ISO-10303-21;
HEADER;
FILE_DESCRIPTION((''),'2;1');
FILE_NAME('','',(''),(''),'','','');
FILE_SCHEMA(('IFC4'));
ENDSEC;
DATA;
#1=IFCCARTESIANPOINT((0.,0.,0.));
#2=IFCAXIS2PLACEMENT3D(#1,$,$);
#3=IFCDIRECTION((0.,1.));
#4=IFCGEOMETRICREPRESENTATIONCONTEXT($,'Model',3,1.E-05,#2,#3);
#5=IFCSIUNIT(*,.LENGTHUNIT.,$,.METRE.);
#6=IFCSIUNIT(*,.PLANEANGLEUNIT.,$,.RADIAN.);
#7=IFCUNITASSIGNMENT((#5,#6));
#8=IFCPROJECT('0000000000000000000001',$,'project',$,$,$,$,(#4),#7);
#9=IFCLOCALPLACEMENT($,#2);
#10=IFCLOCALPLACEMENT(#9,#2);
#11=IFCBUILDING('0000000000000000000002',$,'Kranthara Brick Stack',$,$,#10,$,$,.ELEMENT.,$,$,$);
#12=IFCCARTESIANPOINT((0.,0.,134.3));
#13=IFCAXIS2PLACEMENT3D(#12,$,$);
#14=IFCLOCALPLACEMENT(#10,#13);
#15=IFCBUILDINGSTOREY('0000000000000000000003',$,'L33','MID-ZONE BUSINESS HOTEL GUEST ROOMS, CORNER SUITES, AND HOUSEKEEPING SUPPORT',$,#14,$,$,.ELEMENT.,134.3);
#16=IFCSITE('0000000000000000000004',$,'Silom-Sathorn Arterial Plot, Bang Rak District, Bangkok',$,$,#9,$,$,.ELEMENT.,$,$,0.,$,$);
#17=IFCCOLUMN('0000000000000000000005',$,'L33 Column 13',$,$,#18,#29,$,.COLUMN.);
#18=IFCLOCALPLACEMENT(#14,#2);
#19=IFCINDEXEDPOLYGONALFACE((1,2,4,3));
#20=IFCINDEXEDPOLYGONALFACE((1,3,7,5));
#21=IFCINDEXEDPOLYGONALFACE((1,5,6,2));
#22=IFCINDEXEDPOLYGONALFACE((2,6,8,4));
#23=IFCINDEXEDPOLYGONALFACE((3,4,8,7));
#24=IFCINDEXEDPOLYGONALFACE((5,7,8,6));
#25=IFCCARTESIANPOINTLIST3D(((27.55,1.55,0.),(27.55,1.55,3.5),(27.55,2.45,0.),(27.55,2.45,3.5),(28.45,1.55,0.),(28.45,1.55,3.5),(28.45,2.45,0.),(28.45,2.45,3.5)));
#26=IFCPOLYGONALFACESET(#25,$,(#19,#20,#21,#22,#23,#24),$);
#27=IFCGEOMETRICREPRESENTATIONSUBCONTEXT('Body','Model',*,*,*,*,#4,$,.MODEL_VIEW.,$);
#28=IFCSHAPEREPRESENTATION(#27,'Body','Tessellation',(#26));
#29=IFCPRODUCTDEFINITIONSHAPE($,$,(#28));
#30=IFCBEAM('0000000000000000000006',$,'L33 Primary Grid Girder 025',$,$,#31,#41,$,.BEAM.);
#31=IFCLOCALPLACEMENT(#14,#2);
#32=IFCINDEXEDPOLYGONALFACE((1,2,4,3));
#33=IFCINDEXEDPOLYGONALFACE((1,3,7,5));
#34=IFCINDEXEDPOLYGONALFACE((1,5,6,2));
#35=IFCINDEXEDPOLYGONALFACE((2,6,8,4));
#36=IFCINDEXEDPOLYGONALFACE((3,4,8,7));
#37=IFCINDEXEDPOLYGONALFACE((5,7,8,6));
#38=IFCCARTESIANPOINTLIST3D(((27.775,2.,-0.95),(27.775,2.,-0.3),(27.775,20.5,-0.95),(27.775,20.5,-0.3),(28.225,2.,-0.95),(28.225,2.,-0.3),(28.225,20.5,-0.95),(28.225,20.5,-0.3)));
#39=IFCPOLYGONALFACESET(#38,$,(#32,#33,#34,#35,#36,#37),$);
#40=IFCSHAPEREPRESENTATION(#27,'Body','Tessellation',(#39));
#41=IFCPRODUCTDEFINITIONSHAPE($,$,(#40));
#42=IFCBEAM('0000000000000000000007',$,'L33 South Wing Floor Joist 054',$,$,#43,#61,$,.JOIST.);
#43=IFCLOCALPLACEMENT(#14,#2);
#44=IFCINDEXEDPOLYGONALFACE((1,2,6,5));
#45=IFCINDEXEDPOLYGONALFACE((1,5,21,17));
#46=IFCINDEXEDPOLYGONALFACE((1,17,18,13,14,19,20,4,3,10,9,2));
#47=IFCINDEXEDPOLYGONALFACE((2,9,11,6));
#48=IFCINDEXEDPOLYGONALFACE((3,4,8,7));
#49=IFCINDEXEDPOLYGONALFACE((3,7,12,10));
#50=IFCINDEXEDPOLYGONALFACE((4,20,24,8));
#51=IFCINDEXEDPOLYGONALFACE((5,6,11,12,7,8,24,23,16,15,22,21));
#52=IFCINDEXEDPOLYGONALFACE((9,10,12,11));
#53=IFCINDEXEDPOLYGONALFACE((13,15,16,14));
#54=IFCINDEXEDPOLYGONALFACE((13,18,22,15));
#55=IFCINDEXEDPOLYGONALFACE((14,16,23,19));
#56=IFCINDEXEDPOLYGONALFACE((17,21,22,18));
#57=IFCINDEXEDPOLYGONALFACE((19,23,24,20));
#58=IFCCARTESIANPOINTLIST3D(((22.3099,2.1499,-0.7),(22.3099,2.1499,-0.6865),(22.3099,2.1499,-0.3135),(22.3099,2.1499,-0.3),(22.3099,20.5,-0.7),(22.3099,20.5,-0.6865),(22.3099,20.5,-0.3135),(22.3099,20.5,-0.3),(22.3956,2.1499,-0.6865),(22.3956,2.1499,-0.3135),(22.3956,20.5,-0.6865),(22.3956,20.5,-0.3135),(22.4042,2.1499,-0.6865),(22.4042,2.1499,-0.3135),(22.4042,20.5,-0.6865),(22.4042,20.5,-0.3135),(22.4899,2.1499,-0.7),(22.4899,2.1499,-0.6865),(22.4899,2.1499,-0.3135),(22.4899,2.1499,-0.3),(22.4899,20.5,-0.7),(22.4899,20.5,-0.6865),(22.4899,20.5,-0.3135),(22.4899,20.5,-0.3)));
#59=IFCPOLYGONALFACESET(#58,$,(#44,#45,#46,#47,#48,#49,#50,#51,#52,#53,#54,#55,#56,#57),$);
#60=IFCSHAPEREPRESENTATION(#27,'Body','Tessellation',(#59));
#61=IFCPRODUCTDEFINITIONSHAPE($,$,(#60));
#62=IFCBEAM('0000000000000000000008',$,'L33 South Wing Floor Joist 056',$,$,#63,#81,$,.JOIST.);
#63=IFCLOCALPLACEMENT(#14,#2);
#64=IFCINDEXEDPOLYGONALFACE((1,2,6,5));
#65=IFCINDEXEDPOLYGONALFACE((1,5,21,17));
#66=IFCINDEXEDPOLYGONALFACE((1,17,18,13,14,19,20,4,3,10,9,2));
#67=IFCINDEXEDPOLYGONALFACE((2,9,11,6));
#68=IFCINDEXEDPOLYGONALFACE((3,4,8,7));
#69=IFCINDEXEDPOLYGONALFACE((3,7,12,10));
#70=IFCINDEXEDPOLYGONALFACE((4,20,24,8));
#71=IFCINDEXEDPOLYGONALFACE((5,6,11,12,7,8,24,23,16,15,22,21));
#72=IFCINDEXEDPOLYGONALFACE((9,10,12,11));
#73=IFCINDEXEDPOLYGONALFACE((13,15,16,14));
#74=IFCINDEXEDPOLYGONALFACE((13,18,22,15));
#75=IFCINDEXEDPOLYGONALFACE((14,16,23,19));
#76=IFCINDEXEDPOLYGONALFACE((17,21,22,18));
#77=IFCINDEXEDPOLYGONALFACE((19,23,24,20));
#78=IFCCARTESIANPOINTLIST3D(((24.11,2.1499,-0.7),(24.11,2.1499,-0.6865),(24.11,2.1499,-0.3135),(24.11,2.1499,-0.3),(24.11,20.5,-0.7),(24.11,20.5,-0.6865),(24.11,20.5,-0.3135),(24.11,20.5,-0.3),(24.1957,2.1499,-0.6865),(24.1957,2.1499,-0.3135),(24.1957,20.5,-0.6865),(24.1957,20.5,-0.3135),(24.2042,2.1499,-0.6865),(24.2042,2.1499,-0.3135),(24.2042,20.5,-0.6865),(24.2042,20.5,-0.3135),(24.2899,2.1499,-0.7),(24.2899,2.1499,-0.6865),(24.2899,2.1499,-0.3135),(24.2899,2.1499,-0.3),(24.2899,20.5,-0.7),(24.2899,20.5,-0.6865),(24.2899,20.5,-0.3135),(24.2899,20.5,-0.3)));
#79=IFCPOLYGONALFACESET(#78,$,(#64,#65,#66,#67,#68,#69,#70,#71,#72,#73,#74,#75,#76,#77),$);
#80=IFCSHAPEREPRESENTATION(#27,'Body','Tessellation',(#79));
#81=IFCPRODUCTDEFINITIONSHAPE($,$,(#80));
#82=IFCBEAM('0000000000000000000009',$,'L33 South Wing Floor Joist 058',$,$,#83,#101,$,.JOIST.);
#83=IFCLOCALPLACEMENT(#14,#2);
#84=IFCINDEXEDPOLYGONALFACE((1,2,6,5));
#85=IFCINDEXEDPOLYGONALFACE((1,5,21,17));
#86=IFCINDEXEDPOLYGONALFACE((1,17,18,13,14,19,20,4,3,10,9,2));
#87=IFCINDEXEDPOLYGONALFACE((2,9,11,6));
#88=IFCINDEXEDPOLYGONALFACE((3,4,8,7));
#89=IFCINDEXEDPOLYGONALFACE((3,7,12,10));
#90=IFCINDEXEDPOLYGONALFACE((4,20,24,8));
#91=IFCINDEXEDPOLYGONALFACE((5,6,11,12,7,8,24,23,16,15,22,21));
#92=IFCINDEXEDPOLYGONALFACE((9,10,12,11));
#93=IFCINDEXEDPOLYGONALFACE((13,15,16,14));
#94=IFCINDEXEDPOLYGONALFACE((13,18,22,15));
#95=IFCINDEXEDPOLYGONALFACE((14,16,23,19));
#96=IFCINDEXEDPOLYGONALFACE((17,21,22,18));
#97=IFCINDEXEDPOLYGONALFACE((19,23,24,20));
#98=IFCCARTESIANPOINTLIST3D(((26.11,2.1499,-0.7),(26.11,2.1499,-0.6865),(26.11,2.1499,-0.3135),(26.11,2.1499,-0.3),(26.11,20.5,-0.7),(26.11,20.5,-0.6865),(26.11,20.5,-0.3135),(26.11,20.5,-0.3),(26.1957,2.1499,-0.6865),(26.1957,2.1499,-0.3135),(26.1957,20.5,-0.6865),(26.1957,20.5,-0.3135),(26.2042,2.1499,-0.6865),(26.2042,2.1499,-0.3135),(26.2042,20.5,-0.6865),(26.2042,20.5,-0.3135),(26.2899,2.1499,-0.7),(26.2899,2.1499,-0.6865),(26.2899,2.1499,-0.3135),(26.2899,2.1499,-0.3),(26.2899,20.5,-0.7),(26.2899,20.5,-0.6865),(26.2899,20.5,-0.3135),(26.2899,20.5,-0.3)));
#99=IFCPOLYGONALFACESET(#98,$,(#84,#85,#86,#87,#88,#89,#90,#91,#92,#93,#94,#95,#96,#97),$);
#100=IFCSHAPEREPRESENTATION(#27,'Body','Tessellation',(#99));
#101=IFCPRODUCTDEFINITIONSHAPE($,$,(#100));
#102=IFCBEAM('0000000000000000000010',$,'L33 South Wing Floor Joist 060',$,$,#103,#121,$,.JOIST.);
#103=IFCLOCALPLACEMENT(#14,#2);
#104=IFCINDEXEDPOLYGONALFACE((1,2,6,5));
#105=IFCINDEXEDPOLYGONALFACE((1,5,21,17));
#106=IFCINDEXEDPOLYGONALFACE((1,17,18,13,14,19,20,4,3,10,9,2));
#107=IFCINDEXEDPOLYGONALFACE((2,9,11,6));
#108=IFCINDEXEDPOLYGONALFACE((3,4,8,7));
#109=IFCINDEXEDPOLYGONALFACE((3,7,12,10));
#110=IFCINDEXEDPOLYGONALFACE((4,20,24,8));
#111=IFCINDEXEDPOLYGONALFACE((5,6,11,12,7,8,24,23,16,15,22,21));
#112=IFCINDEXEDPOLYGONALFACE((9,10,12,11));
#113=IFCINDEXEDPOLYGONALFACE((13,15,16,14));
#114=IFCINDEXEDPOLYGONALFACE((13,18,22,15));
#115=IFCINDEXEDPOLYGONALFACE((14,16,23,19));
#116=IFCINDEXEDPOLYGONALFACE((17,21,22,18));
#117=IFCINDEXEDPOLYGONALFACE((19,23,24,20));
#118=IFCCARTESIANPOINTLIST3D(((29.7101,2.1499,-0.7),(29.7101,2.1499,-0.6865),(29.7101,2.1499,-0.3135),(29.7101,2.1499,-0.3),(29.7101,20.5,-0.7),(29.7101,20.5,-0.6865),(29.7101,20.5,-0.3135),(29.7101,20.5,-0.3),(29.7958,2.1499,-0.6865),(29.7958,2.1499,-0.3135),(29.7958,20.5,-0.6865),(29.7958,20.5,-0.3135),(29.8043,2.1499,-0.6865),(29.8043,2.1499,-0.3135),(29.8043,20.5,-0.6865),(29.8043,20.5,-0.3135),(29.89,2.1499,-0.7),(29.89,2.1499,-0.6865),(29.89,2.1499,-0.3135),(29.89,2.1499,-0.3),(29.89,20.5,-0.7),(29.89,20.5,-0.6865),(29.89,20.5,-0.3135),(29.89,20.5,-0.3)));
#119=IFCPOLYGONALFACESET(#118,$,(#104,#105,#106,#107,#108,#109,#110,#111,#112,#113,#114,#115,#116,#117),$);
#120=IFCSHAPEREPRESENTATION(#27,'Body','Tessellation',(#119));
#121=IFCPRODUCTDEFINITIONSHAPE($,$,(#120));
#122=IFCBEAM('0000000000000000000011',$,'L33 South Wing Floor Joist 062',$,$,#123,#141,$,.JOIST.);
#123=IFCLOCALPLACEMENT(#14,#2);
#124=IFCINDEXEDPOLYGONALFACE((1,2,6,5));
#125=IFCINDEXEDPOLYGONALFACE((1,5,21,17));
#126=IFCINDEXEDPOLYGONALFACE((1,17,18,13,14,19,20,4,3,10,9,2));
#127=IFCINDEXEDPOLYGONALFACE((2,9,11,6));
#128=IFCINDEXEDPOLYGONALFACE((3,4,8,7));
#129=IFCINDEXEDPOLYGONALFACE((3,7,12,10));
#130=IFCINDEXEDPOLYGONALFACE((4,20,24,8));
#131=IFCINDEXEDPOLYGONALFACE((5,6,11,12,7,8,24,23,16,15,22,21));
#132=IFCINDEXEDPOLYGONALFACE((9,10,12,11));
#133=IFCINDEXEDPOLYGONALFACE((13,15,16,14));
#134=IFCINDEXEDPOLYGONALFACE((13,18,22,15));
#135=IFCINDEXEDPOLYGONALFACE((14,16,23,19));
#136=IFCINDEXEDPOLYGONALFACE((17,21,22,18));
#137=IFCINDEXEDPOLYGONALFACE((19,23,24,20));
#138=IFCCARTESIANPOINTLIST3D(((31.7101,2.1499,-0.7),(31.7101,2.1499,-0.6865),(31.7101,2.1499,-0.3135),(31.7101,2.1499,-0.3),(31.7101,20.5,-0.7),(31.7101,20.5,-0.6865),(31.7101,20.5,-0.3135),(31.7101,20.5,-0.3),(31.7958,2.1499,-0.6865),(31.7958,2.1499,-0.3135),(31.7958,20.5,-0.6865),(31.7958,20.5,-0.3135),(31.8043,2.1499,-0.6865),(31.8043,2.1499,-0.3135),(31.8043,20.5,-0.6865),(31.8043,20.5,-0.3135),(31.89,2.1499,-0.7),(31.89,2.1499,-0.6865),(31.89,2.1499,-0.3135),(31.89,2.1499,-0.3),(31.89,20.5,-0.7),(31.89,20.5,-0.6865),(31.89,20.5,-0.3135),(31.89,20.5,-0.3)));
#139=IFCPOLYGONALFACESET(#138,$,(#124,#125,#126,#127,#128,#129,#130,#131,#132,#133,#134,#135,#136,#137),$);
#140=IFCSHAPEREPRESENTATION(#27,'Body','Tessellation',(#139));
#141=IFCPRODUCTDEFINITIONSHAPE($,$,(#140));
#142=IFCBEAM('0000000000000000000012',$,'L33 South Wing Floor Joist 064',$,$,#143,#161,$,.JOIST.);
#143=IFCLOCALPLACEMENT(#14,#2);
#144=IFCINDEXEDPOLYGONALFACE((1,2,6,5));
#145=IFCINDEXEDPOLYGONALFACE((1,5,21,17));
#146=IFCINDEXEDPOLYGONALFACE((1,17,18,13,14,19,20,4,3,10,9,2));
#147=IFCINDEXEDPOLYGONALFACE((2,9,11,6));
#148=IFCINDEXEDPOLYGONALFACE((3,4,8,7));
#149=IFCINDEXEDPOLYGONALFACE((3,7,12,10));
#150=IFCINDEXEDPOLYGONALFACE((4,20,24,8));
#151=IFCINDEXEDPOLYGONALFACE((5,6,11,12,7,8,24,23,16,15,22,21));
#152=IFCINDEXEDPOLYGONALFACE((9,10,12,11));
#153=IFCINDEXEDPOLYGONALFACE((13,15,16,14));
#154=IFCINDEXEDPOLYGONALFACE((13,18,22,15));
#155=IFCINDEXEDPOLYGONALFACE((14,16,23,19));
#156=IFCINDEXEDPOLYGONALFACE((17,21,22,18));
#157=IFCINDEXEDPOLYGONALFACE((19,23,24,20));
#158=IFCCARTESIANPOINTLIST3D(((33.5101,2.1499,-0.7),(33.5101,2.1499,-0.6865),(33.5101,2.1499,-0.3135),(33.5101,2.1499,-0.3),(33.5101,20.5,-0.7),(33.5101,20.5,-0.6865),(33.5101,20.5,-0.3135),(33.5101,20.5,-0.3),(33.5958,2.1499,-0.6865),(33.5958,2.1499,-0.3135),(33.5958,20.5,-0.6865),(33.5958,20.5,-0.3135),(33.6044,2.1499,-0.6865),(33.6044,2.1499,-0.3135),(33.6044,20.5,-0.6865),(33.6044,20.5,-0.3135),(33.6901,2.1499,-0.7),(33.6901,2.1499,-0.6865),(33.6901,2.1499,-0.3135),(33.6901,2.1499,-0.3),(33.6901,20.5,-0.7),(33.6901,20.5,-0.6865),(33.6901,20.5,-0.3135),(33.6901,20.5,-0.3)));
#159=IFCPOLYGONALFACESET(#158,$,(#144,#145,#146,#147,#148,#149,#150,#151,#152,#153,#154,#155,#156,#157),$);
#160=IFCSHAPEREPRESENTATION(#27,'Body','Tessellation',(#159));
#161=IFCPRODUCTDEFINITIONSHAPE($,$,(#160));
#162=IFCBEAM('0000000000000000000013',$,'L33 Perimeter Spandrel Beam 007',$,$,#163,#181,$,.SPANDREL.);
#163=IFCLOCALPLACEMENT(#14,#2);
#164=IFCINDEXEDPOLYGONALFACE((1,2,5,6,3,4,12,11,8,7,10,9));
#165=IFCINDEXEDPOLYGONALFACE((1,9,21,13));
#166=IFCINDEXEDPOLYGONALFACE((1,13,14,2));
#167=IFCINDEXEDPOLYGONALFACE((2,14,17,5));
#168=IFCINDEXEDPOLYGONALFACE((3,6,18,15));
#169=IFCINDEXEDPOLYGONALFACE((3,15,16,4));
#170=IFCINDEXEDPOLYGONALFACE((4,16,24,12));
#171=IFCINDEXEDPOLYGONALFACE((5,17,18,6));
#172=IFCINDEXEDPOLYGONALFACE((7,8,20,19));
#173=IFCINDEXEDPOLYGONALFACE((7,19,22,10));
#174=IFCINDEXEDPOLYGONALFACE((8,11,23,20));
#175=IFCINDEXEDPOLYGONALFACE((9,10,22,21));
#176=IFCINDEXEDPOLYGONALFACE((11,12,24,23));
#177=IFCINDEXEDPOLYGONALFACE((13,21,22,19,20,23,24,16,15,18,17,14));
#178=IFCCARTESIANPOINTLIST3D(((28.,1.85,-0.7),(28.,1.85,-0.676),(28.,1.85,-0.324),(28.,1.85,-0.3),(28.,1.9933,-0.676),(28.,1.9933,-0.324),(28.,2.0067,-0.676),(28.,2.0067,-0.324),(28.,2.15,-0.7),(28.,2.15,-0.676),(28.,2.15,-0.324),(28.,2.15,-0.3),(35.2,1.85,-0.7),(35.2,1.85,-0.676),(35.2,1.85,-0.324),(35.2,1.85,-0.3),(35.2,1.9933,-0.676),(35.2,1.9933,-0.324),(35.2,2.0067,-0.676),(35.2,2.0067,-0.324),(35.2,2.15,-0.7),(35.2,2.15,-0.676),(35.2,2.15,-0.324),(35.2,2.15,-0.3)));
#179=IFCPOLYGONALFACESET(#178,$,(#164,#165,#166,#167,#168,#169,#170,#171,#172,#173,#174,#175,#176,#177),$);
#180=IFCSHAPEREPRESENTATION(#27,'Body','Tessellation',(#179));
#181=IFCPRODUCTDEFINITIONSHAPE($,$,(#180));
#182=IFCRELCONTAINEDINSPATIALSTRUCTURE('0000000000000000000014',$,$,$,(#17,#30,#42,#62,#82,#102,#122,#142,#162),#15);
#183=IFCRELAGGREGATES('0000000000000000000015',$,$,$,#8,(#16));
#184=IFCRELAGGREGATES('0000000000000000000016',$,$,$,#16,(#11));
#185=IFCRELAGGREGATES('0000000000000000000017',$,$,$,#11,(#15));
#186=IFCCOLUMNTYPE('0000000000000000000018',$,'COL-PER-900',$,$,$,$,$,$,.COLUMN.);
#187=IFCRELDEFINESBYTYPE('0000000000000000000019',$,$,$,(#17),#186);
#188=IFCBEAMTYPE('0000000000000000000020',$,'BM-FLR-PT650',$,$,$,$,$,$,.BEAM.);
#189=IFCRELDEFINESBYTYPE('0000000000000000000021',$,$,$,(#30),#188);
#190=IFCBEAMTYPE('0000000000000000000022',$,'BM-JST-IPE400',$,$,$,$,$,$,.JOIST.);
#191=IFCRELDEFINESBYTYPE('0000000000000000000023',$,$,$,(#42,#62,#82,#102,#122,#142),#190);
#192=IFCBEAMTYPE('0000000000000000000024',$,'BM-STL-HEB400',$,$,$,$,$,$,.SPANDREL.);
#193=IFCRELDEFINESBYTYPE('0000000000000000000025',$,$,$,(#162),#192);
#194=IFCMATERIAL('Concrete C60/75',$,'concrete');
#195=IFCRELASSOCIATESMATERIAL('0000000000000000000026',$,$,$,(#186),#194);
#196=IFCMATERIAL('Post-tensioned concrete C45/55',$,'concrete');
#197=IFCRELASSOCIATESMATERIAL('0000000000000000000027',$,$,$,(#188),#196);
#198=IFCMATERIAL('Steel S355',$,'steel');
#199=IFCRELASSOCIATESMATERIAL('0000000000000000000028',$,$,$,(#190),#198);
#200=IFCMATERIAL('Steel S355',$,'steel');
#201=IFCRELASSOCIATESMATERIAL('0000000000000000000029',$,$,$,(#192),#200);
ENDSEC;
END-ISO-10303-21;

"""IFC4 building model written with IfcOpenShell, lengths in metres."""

from ifc_helpers import new_model, si_unit, direction, frame, origin, origin_2d, place, context, subcontext, project, spatial, rectangle, i_section, extrude, material, material_profile, profile_set, type_object, element, save


model = new_model("IFC4")

# Units and contexts
model_context = context("Model", 3, precision=1e-05, world=origin(), true_north=direction((0.0, 1.0)))
body_context = subcontext(model_context, "Body", "Model", "MODEL_VIEW")
ifc_project = project(units=[si_unit("LENGTHUNIT", "METRE"), si_unit("PLANEANGLEUNIT", "RADIAN")], contexts=[model_context])

# Site, building, storey
site_placement = place(None, origin())
site = spatial("IfcSite", under=ifc_project, at=site_placement, Name="Silom-Sathorn Arterial Plot, Bang Rak District, Bangkok", CompositionType="ELEMENT", RefElevation=0.0)
building_placement = place(site_placement, origin())
building = spatial("IfcBuilding", under=site, at=building_placement, Name="Kranthara Brick Stack", CompositionType="ELEMENT")
storey_placement = place(building_placement, frame((0.0, 0.0, 134.3)))
storey = spatial("IfcBuildingStorey", under=building, at=storey_placement, Name="L33", Description="MID-ZONE BUSINESS HOTEL GUEST ROOMS, CORNER SUITES, AND HOUSEKEEPING SUPPORT", CompositionType="ELEMENT", Elevation=134.3)

# Column
ifc_material_1 = material(Name="Concrete C60/75", Category="concrete")
ifc_material_profile_1 = material_profile(ifc_material_1, rectangle(XDim=0.8999, YDim=0.8999, at=origin_2d()), Name="RC 900x900")
ifc_profile_set_1 = profile_set([ifc_material_profile_1], Name="Concrete C60/75")
column_type = type_object("IfcColumnType", Name="COL-PER-900", PredefinedType="COLUMN", material=ifc_profile_set_1)
column_placement = place(storey_placement, frame((28.0, 2.0, 0.0), z_axis=(0.0, 0.0, 1.0), x_axis=(1.0, 0.0, 0.0)))
element("IfcColumn", 1, at=column_placement, inside=storey, type_object=column_type, Name="L33 Column 13", PredefinedType="COLUMN", context=body_context, shape_type="SweptSolid", body=[
    extrude(rectangle(XDim=0.8999, YDim=0.8999, at=origin_2d()), origin(), (0.0, 0.0, 1.0), 3.5),
])

# Beams
ifc_material_2 = material(Name="Post-tensioned concrete C45/55", Category="concrete")
ifc_material_profile_2 = material_profile(ifc_material_2, rectangle(XDim=0.45, YDim=0.6499, at=origin_2d()), Name="PT 450x650")
ifc_profile_set_2 = profile_set([ifc_material_profile_2], Name="Post-tensioned concrete C45/55")
beam_type_1 = type_object("IfcBeamType", Name="BM-FLR-PT650", PredefinedType="BEAM", material=ifc_profile_set_2)
beam_1_placement = place(storey_placement, frame((28.0, 2.0, -0.625), z_axis=(0.0, 1.0, 0.0), x_axis=(-1.0, 0.0, 0.0)))
element("IfcBeam", 2, at=beam_1_placement, inside=storey, type_object=beam_type_1, Name="L33 Primary Grid Girder 025", PredefinedType="BEAM", context=body_context, shape_type="SweptSolid", body=[
    extrude(rectangle(XDim=0.45, YDim=0.6499, at=origin_2d()), origin(), (0.0, 0.0, 1.0), 18.5),
])
ifc_material_3 = material(Name="Steel S355", Category="steel")
ifc_material_profile_3 = material_profile(ifc_material_3, i_section(OverallWidth=0.1799, OverallDepth=0.3999, WebThickness=0.0085, FlangeThickness=0.0134, at=origin_2d()), Name="IPE 400")
ifc_profile_set_3 = profile_set([ifc_material_profile_3], Name="Steel S355")
beam_type_2 = type_object("IfcBeamType", Name="BM-JST-IPE400", PredefinedType="JOIST", material=ifc_profile_set_3)
for number, where, z_axis, x_axis, name in (
    (3, (22.3999, 2.1499, -0.5), (0.0, 1.0, 0.0), (-1.0, 0.0, 0.0), "L33 South Wing Floor Joist 054"),
    (4, (24.2, 2.1499, -0.5), (0.0, 1.0, 0.0), (-1.0, 0.0, 0.0), "L33 South Wing Floor Joist 056"),
    (5, (26.2, 2.1499, -0.5), (0.0, 1.0, 0.0), (-1.0, 0.0, 0.0), "L33 South Wing Floor Joist 058"),
    (6, (29.8, 2.1499, -0.5), (0.0, 1.0, 0.0), (-1.0, 0.0, 0.0), "L33 South Wing Floor Joist 060"),
    (7, (31.8, 2.1499, -0.5), (0.0, 1.0, 0.0), (-1.0, 0.0, 0.0), "L33 South Wing Floor Joist 062"),
    (8, (33.6001, 2.1499, -0.5), (0.0, 1.0, 0.0), (-1.0, 0.0, 0.0), "L33 South Wing Floor Joist 064"),
):
    element("IfcBeam", number, at=place(storey_placement, frame(where, z_axis=z_axis, x_axis=x_axis)), inside=storey, type_object=beam_type_2, Name=name, PredefinedType="JOIST", context=body_context, shape_type="SweptSolid", body=[
        extrude(i_section(OverallWidth=0.1799, OverallDepth=0.3999, WebThickness=0.0085, FlangeThickness=0.0134, at=origin_2d()), origin(), (0.0, 0.0, 1.0), 18.3501),
    ])
ifc_material_4 = material(Name="Steel S355", Category="steel")
ifc_material_profile_4 = material_profile(ifc_material_4, i_section(OverallWidth=0.3, OverallDepth=0.3999, WebThickness=0.0134, FlangeThickness=0.0239, at=origin_2d()), Name="HEB 400")
ifc_profile_set_4 = profile_set([ifc_material_profile_4], Name="Steel S355")
beam_type_3 = type_object("IfcBeamType", Name="BM-STL-HEB400", PredefinedType="SPANDREL", material=ifc_profile_set_4)
beam_2_placement = place(storey_placement, frame((28.0, 2.0, -0.5), z_axis=(1.0, 0.0, 0.0), x_axis=(0.0, 1.0, 0.0)))
element("IfcBeam", 9, at=beam_2_placement, inside=storey, type_object=beam_type_3, Name="L33 Perimeter Spandrel Beam 007", PredefinedType="SPANDREL", context=body_context, shape_type="SweptSolid", body=[
    extrude(i_section(OverallWidth=0.3, OverallDepth=0.3999, WebThickness=0.0134, FlangeThickness=0.0239, at=origin_2d()), origin(), (0.0, 0.0, 1.0), 7.2),
])

save(model, "model.ifc")
